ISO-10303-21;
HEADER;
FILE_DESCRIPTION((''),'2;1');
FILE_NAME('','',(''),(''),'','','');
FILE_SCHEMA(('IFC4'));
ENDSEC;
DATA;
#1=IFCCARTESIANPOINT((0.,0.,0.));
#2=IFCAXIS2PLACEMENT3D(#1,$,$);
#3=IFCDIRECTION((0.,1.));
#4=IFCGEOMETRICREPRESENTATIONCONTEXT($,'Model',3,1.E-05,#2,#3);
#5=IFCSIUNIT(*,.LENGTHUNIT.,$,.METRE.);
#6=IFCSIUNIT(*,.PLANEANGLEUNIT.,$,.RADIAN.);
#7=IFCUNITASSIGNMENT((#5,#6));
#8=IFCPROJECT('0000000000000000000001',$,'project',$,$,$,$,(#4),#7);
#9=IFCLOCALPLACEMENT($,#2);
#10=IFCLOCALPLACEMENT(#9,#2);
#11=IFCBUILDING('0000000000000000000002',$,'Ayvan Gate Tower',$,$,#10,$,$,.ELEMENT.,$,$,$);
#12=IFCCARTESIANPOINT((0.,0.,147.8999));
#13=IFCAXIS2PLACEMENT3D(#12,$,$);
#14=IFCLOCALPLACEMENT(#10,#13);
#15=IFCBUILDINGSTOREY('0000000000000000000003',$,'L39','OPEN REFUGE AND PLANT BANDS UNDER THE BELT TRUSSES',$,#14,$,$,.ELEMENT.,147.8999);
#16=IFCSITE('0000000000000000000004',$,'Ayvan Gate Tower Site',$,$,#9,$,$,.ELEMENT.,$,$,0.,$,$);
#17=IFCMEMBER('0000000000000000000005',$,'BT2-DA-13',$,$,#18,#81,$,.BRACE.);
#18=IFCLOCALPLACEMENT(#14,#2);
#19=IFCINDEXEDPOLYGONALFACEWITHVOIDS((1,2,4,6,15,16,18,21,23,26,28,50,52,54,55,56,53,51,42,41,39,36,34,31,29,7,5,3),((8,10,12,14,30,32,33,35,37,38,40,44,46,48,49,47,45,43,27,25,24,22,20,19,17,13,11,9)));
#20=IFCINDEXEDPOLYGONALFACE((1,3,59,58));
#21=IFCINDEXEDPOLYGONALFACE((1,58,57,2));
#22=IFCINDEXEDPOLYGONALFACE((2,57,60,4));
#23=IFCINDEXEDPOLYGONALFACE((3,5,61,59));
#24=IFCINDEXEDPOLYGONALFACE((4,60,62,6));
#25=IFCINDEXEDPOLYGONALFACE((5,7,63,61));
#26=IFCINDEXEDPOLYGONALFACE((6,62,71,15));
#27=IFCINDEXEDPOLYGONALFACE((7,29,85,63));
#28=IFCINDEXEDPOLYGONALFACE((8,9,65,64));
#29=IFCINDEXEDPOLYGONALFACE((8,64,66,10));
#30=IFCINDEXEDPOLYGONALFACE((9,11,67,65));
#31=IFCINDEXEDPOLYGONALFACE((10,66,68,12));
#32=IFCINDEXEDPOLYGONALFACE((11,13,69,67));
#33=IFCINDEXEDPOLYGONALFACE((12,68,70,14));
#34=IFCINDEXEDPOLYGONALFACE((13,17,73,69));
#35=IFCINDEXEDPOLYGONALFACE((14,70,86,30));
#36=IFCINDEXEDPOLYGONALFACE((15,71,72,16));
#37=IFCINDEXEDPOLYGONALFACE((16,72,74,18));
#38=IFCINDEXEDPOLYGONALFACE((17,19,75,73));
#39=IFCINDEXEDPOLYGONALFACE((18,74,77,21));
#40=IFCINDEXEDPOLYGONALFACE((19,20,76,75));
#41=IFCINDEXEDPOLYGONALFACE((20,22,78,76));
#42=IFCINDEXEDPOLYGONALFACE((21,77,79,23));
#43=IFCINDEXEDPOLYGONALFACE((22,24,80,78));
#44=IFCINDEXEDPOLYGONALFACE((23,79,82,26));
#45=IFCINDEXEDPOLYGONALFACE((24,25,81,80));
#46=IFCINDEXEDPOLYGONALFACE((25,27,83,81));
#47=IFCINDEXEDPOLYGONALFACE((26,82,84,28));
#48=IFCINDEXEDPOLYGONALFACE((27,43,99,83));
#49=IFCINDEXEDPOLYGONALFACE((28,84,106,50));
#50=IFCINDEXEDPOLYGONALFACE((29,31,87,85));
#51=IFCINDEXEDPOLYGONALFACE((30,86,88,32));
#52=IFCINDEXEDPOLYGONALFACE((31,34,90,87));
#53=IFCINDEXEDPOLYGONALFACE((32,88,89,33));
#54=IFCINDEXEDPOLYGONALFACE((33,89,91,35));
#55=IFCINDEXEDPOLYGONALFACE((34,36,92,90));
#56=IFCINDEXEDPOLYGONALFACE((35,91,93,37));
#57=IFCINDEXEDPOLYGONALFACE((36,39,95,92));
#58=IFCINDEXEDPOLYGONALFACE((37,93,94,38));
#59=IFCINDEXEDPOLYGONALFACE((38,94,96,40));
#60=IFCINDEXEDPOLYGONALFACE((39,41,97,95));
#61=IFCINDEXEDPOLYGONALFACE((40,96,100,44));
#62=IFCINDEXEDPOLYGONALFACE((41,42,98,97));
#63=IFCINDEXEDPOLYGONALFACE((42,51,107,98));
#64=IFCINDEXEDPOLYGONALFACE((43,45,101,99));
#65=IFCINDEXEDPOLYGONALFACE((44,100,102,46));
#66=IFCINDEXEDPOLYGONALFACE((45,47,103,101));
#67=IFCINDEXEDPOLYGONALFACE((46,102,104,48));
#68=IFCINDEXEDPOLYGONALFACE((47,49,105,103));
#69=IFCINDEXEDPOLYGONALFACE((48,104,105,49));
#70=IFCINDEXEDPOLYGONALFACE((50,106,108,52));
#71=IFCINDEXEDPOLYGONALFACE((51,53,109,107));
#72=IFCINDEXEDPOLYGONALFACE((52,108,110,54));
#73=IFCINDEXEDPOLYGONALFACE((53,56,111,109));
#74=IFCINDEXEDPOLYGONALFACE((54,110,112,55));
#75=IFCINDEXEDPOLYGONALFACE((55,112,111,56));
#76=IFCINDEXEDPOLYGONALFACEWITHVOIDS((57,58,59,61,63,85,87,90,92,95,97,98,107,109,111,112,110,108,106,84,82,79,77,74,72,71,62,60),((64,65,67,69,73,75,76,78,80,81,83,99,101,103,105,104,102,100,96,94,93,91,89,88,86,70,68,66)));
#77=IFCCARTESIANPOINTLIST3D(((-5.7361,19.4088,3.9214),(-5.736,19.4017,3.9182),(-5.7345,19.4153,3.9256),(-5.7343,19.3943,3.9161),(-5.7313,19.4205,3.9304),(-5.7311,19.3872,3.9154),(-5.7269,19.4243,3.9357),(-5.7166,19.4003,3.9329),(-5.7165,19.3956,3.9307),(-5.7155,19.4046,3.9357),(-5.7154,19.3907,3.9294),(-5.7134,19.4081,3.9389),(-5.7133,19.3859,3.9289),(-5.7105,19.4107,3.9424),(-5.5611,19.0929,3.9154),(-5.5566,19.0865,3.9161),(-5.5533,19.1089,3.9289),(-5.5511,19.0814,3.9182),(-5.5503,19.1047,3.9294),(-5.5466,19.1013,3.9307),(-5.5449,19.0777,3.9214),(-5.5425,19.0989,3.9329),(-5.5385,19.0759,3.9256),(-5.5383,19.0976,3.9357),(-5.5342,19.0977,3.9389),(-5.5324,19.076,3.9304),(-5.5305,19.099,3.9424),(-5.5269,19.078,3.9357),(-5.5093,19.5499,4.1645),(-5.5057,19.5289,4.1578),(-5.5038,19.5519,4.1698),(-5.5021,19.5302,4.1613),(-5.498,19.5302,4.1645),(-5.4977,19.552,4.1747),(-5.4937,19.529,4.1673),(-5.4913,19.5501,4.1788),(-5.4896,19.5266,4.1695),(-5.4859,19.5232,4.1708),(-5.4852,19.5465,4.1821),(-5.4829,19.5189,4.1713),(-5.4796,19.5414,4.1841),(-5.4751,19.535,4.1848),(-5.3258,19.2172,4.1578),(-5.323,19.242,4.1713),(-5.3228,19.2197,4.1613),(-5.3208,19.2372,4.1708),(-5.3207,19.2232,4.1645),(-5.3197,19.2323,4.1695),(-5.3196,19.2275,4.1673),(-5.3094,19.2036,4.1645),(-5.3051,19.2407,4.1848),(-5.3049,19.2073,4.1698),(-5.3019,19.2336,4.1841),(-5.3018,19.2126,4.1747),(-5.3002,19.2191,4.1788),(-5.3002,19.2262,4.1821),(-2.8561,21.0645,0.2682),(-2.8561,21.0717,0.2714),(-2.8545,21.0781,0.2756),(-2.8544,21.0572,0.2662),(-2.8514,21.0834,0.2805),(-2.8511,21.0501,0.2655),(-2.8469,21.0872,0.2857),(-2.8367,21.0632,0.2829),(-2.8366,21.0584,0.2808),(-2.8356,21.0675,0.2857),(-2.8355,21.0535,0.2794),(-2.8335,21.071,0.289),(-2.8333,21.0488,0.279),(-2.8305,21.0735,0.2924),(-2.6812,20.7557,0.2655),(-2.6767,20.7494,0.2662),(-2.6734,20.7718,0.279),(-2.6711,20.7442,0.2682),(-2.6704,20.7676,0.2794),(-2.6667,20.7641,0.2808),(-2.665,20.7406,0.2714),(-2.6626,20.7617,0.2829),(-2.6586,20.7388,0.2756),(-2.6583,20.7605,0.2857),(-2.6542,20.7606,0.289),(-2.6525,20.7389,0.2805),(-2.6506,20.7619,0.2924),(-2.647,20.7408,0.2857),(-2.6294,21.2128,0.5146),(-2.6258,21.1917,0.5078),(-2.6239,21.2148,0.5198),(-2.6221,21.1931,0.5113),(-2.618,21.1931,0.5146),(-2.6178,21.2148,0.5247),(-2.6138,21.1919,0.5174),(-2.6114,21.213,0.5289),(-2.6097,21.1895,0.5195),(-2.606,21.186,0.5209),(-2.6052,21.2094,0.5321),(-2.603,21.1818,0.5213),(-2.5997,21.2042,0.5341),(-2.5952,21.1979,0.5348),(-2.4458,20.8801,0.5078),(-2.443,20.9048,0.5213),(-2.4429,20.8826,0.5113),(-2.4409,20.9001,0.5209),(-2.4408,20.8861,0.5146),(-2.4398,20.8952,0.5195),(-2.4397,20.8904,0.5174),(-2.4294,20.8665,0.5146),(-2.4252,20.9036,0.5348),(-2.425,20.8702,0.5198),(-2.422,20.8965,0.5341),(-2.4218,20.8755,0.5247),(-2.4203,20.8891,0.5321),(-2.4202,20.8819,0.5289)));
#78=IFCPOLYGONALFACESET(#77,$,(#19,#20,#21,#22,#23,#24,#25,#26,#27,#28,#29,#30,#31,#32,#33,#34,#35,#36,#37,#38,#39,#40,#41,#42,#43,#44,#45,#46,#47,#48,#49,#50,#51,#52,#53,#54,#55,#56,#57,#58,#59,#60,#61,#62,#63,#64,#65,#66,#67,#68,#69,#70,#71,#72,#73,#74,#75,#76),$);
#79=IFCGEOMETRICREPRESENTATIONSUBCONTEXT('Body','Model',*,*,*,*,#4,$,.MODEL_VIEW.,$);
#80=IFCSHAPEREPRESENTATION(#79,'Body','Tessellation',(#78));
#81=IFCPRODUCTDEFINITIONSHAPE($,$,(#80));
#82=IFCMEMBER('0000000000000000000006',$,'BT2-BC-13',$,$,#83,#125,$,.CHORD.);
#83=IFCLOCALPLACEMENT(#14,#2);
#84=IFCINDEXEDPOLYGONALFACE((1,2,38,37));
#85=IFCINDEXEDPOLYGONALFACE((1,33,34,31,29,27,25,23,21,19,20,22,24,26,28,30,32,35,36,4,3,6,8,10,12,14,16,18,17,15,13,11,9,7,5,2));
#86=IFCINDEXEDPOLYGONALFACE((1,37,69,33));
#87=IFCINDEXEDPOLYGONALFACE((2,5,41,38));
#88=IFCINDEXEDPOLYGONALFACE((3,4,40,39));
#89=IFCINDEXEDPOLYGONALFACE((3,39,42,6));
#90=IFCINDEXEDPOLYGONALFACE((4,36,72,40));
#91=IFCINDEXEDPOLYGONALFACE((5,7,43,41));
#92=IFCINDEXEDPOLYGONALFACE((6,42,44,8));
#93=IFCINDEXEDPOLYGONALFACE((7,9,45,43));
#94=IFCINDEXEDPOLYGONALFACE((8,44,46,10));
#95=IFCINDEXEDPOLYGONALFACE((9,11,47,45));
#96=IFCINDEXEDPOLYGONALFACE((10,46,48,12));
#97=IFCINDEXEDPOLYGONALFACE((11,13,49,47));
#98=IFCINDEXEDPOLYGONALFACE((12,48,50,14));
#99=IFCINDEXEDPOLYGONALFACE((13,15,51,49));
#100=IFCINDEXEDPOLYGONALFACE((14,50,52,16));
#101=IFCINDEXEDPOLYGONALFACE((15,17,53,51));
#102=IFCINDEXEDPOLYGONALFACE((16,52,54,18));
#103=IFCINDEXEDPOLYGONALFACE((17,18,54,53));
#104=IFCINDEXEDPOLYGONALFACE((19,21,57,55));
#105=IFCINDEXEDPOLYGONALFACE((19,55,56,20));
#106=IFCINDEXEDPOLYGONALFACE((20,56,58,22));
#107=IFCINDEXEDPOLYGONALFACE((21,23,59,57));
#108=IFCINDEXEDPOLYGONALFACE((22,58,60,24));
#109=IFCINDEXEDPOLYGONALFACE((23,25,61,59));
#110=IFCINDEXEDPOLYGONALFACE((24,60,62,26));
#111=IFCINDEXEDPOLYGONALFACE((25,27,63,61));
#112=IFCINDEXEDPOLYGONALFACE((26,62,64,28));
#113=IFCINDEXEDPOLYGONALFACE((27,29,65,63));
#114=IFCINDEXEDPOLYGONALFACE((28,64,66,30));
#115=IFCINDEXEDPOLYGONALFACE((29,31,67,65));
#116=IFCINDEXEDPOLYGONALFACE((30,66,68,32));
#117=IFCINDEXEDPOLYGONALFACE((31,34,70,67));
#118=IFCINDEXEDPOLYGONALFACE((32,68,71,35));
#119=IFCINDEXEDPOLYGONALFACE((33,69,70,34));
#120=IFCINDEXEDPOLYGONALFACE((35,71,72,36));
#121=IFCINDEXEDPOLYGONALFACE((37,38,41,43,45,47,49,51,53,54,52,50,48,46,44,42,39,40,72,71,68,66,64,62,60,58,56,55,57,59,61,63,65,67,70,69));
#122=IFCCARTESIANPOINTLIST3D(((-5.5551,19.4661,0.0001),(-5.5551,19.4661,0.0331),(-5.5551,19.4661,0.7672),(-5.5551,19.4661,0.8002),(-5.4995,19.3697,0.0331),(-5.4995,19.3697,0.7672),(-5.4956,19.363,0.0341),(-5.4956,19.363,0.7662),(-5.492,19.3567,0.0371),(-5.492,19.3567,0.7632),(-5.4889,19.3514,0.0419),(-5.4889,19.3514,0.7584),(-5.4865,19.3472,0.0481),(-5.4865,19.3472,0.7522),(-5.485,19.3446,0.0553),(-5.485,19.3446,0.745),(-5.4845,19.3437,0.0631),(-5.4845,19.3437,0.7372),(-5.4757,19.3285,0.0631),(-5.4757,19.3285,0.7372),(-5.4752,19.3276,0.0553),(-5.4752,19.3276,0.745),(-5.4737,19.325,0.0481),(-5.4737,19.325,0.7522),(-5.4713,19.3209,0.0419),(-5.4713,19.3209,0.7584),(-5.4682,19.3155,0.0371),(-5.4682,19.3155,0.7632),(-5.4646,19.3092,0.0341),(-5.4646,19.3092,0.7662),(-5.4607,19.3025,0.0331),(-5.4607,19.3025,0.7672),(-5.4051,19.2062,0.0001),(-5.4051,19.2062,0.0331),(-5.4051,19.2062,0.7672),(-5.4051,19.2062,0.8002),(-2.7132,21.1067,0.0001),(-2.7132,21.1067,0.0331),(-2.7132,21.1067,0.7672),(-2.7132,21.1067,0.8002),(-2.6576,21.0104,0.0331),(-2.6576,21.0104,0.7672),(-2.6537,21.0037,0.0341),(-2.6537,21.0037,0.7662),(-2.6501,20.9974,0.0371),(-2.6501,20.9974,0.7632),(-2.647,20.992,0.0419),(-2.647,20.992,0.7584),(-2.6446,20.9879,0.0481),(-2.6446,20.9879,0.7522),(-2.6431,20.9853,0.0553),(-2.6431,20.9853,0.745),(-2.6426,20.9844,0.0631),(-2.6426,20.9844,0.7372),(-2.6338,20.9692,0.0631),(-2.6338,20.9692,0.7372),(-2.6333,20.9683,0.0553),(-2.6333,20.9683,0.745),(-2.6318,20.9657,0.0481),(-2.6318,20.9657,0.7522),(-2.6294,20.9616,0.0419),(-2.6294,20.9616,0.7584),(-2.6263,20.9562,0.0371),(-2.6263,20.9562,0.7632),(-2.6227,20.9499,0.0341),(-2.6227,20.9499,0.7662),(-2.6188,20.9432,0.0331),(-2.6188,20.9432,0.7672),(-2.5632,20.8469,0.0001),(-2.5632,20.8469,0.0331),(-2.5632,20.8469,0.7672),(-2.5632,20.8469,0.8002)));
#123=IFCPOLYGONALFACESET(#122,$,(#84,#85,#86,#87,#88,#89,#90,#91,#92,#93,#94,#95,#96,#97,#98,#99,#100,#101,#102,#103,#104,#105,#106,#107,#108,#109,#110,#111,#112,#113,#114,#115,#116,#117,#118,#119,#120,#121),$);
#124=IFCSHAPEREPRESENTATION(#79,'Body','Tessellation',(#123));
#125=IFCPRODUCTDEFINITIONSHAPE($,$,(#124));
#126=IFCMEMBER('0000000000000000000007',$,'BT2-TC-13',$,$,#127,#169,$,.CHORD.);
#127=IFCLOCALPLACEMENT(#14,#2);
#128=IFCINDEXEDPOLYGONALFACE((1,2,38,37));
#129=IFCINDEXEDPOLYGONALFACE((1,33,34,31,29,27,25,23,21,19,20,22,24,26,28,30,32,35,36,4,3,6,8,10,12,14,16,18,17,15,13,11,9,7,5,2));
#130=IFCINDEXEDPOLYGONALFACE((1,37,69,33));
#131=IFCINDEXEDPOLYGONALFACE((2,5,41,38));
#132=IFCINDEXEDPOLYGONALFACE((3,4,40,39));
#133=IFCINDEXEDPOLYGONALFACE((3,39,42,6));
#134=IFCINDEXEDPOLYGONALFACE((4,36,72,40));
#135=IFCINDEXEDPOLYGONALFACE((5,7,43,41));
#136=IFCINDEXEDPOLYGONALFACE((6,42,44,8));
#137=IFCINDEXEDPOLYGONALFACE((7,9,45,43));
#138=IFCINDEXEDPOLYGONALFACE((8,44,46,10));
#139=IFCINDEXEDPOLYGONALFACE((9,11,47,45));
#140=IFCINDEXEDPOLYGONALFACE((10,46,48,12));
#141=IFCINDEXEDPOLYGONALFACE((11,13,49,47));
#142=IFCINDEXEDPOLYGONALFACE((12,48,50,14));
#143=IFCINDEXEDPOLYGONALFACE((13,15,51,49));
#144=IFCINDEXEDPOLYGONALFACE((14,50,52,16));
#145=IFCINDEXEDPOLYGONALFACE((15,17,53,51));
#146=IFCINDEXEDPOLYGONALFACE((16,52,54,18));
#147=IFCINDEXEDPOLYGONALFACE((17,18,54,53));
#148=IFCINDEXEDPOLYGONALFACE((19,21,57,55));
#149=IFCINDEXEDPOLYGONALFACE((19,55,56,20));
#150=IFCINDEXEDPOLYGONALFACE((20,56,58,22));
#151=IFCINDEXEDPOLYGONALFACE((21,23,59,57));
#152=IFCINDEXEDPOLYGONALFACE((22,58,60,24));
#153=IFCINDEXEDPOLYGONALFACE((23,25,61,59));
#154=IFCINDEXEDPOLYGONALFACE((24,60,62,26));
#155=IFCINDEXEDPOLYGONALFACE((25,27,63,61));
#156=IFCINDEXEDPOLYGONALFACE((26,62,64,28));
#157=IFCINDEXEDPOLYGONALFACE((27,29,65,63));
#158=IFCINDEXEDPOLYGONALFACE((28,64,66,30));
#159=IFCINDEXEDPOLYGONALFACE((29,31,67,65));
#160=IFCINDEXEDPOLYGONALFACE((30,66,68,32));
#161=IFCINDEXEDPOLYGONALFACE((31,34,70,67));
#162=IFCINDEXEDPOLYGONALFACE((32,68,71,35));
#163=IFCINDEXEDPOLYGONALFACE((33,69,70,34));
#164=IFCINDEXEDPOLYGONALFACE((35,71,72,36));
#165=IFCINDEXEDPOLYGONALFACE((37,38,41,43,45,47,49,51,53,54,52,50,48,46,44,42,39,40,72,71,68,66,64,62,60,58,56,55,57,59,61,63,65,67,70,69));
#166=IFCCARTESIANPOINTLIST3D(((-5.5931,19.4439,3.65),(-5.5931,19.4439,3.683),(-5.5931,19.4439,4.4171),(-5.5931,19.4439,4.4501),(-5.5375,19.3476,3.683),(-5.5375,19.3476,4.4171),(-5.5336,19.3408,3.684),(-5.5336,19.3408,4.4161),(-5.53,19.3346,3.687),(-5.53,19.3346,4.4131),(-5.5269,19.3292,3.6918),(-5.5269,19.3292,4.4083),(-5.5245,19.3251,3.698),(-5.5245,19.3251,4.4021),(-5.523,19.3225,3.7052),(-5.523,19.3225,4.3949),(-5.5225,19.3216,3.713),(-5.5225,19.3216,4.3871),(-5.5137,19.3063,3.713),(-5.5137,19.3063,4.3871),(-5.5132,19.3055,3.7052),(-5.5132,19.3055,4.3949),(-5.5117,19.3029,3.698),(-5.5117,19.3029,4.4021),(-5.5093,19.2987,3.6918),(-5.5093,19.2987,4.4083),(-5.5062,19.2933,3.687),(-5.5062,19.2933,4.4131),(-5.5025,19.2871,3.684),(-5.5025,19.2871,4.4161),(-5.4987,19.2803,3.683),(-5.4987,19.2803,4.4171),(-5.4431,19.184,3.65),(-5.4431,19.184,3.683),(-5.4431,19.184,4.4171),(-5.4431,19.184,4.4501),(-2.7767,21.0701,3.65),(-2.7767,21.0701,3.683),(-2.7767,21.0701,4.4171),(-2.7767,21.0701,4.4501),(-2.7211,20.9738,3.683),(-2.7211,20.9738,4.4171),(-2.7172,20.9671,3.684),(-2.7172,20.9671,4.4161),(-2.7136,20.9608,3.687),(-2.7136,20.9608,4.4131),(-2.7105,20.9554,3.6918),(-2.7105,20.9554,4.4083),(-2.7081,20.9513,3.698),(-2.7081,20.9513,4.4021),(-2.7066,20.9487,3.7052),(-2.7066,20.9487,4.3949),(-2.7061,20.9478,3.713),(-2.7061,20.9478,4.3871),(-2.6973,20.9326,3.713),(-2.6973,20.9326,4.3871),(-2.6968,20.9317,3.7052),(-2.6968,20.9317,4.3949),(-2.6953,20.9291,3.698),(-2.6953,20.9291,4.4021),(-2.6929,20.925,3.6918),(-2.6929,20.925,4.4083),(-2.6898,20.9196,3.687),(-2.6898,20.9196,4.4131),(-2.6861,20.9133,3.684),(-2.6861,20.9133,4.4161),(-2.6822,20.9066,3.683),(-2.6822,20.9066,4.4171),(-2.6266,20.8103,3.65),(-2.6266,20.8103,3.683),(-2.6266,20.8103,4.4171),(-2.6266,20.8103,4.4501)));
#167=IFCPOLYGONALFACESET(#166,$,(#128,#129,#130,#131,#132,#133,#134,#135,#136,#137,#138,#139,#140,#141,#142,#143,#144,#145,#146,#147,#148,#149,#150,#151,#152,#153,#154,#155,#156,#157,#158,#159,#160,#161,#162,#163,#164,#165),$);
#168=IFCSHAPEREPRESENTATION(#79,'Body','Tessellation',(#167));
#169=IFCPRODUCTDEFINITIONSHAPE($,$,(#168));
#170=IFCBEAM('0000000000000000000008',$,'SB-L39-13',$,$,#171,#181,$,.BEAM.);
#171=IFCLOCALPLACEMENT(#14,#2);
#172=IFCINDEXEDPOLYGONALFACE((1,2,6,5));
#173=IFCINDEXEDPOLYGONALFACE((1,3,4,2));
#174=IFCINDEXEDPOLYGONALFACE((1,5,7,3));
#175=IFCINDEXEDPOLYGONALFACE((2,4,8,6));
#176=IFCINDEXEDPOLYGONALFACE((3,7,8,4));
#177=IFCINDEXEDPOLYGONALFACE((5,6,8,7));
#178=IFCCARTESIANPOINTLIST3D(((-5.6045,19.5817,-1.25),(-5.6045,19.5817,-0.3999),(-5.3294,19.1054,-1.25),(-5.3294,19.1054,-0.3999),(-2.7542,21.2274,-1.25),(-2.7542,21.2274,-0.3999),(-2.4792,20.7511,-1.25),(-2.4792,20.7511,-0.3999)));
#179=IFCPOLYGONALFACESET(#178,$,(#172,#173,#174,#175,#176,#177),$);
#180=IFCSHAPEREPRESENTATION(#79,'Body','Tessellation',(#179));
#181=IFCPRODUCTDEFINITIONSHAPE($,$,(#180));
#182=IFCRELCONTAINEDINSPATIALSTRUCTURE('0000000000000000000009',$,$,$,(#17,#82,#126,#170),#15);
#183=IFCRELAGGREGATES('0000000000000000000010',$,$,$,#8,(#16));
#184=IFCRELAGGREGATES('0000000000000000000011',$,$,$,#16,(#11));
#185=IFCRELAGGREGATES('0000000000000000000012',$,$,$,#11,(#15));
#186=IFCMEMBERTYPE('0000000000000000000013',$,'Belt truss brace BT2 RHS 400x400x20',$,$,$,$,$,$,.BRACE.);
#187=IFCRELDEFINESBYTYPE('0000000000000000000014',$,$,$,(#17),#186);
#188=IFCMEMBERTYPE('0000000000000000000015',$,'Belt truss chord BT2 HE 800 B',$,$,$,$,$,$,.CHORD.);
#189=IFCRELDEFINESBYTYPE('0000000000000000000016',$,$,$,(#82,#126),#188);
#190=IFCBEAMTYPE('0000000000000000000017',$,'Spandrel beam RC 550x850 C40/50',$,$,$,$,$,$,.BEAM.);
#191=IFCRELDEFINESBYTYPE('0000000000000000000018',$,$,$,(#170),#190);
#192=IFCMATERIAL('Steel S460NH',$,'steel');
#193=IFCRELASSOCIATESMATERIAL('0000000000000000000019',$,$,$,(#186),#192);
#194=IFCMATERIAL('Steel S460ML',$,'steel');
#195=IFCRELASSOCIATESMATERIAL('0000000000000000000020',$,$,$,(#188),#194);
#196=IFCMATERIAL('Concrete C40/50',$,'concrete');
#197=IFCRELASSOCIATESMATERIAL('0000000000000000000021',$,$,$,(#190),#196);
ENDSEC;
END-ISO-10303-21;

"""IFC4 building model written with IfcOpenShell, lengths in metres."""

from ifc_helpers import new_model, si_unit, direction, frame, origin, origin_2d, place, context, subcontext, project, spatial, rectangle, hollow_rectangle, i_section, extrude, material, material_profile, profile_set, type_object, element, save


model = new_model("IFC4")

# Units and contexts
model_context = context("Model", 3, precision=1e-05, world=origin(), true_north=direction((0.0, 1.0)))
body_context = subcontext(model_context, "Body", "Model", "MODEL_VIEW")
ifc_project = project(units=[si_unit("LENGTHUNIT", "METRE"), si_unit("PLANEANGLEUNIT", "RADIAN")], contexts=[model_context])

# Site, building, storey
site_placement = place(None, origin())
site = spatial("IfcSite", under=ifc_project, at=site_placement, Name="Ayvan Gate Tower Site", CompositionType="ELEMENT", RefElevation=0.0)
building_placement = place(site_placement, origin())
building = spatial("IfcBuilding", under=site, at=building_placement, Name="Ayvan Gate Tower", CompositionType="ELEMENT")
storey_placement = place(building_placement, frame((0.0, 0.0, 147.8999)))
storey = spatial("IfcBuildingStorey", under=building, at=storey_placement, Name="L39", Description="OPEN REFUGE AND PLANT BANDS UNDER THE BELT TRUSSES", CompositionType="ELEMENT", Elevation=147.8999)

# Members
ifc_material_1 = material(Name="Steel S460NH", Category="steel")
ifc_material_profile_1 = material_profile(ifc_material_1, hollow_rectangle(XDim=0.3999, YDim=0.3999, WallThickness=0.02, InnerFilletRadius=0.02, OuterFilletRadius=0.03, at=origin_2d()), Name="RHS 400x400x20")
ifc_profile_set_1 = profile_set([ifc_material_profile_1], Name="Steel S460NH")
member_type_1 = type_object("IfcMemberType", Name="Belt truss brace BT2 RHS 400x400x20", PredefinedType="BRACE", material=ifc_profile_set_1)
member_1_placement = place(storey_placement, frame((-2.6382, 20.9768, 0.4001), z_axis=(-0.583248, -0.336767, 0.739196), x_axis=(0.500032, -0.866007, 0.0)))
element("IfcMember", 1, at=member_1_placement, inside=storey, type_object=member_type_1, Name="BT2-DA-13", PredefinedType="BRACE", context=body_context, shape_type="SweptSolid", body=[
    extrude(hollow_rectangle(XDim=0.3999, YDim=0.3999, WallThickness=0.02, InnerFilletRadius=0.02, OuterFilletRadius=0.03, at=origin_2d()), origin(), (0.0, 0.0, 1.0), 4.9377),
])
ifc_material_2 = material(Name="Steel S460ML", Category="steel")
ifc_material_profile_2 = material_profile(ifc_material_2, i_section(OverallWidth=0.3, OverallDepth=0.8, WebThickness=0.0176, FlangeThickness=0.033, FilletRadius=0.03, at=origin_2d()), Name="HE 800 B")
ifc_profile_set_2 = profile_set([ifc_material_profile_2], Name="Steel S460ML")
member_type_2 = type_object("IfcMemberType", Name="Belt truss chord BT2 HE 800 B", PredefinedType="CHORD", material=ifc_profile_set_2)
member_2_placement = place(storey_placement, frame((-2.6382, 20.9768, 0.4001), z_axis=(-0.866037, -0.49998, 0.0), x_axis=(0.49998, -0.866037, 0.0)))
element("IfcMember", 2, at=member_2_placement, inside=storey, type_object=member_type_2, Name="BT2-BC-13", PredefinedType="CHORD", context=body_context, shape_type="SweptSolid", body=[
    extrude(i_section(OverallWidth=0.3, OverallDepth=0.8, WebThickness=0.0176, FlangeThickness=0.033, FilletRadius=0.03, at=origin_2d()), origin(), (0.0, 0.0, 1.0), 3.2815),
])
member_3_placement = place(storey_placement, frame((-2.7017, 20.9402, 4.05), z_axis=(-0.866003, -0.500039, 0.0), x_axis=(0.500039, -0.866003, 0.0)))
element("IfcMember", 3, at=member_3_placement, inside=storey, type_object=member_type_2, Name="BT2-TC-13", PredefinedType="CHORD", context=body_context, shape_type="SweptSolid", body=[
    extrude(i_section(OverallWidth=0.3, OverallDepth=0.8, WebThickness=0.0176, FlangeThickness=0.033, FilletRadius=0.03, at=origin_2d()), origin(), (0.0, 0.0, 1.0), 3.2522),
])

# Beam
ifc_material_3 = material(Name="Concrete C40/50", Category="concrete")
ifc_material_profile_3 = material_profile(ifc_material_3, rectangle(XDim=0.55, YDim=0.8501, at=origin_2d()), Name="RC 550x850")
ifc_profile_set_3 = profile_set([ifc_material_profile_3], Name="Concrete C40/50")
beam_type_1 = type_object("IfcBeamType", Name="Spandrel beam RC 550x850 C40/50", PredefinedType="BEAM", material=ifc_profile_set_3)
beam_placement = place(storey_placement, frame((-2.6167, 20.9893, -0.825), z_axis=(-0.866011, -0.500024, 0.0), x_axis=(0.500024, -0.866011, 0.0)))
element("IfcBeam", 4, at=beam_placement, inside=storey, type_object=beam_type_1, Name="SB-L39-13", PredefinedType="BEAM", context=body_context, shape_type="SweptSolid", body=[
    extrude(rectangle(XDim=0.55, YDim=0.8501, at=origin_2d()), origin(), (0.0, 0.0, 1.0), 3.2913),
])

save(model, "model.ifc")
